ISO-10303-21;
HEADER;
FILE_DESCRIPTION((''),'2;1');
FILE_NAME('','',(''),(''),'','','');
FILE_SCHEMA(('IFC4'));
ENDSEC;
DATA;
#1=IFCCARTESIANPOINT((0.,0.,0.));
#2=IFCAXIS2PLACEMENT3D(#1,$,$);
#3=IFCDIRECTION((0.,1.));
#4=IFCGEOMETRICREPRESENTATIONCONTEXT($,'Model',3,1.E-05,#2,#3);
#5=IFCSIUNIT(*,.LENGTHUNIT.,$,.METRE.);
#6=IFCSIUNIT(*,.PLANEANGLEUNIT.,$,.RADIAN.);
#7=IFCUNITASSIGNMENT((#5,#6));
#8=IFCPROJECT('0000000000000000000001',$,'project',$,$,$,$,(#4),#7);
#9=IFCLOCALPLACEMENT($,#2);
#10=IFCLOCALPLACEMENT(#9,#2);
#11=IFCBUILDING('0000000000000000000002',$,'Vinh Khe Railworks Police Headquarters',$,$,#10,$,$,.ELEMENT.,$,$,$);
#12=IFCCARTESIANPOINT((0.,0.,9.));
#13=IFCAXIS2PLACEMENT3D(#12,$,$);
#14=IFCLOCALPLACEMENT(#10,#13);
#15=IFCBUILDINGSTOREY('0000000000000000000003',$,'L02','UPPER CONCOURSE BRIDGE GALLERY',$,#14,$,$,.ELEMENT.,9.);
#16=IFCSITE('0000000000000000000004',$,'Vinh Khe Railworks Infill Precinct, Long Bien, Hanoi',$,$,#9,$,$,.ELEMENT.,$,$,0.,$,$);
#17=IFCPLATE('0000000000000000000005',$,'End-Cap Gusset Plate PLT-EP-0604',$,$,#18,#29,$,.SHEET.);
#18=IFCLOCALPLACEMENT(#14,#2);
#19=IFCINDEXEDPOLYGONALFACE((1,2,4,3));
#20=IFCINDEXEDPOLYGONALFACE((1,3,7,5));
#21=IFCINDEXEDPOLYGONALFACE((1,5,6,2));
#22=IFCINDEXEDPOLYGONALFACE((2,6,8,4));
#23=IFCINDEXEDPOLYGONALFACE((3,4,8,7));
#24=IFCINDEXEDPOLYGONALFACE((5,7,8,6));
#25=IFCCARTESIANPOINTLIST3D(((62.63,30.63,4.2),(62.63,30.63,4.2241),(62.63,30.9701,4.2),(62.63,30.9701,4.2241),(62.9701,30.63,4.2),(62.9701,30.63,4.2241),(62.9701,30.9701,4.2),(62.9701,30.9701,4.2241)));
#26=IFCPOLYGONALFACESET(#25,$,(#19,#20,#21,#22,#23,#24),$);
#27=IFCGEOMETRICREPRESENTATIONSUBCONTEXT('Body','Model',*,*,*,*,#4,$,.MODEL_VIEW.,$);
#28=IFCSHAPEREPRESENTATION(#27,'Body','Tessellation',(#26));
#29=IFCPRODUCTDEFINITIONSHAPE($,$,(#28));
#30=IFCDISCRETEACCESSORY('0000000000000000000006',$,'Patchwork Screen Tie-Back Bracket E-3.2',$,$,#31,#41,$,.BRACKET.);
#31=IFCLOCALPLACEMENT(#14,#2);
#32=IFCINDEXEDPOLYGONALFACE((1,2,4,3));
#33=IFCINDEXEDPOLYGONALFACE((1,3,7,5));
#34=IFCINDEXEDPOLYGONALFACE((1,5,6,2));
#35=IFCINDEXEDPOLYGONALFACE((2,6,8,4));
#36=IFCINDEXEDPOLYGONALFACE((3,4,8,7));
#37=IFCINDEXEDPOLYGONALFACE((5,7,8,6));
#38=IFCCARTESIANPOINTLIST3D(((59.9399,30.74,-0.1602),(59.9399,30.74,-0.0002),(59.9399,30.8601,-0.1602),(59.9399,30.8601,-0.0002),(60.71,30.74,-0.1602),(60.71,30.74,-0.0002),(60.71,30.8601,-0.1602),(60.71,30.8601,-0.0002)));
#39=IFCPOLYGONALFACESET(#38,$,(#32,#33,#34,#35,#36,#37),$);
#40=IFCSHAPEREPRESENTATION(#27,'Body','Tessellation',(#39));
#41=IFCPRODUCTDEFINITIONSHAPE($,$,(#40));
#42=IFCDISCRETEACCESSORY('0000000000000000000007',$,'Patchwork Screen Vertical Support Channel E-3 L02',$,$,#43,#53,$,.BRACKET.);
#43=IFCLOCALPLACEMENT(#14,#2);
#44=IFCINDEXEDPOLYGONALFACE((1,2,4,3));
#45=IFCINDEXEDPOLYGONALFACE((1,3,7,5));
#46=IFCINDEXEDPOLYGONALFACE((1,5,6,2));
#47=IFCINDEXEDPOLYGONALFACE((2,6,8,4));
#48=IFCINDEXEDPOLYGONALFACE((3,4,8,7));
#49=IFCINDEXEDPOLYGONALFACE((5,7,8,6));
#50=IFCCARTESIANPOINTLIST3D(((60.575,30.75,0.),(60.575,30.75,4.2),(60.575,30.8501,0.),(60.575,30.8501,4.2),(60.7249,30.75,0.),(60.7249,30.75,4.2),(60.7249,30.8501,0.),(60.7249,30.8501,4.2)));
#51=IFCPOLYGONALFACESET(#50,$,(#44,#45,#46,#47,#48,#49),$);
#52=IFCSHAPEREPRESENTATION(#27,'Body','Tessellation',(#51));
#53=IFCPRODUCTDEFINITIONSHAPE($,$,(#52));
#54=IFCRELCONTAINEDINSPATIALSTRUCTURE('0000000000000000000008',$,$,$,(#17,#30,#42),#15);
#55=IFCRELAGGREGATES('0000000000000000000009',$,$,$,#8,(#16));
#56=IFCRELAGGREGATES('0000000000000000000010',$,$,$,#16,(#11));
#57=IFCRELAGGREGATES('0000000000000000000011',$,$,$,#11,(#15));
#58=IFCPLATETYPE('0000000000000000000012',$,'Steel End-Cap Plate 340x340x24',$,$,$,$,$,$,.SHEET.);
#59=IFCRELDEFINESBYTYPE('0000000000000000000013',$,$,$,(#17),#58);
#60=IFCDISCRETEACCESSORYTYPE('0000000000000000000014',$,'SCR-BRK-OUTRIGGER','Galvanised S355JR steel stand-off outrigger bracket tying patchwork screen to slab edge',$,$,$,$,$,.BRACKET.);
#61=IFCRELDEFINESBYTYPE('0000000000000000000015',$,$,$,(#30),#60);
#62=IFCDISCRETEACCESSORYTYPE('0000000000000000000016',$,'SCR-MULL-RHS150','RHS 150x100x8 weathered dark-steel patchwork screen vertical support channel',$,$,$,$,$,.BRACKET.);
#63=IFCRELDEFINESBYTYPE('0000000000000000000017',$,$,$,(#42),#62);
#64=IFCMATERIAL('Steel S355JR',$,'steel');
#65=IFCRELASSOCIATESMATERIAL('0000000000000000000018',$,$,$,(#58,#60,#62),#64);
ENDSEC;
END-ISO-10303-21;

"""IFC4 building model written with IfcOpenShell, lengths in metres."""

from ifc_helpers import new_model, si_unit, direction, frame, origin, origin_2d, place, context, subcontext, project, spatial, rectangle, extrude, material, material_profile, profile_set, type_object, element, save


model = new_model("IFC4")

# Units and contexts
model_context = context("Model", 3, precision=1e-05, world=origin(), true_north=direction((0.0, 1.0)))
body_context = subcontext(model_context, "Body", "Model", "MODEL_VIEW")
ifc_project = project(units=[si_unit("LENGTHUNIT", "METRE"), si_unit("PLANEANGLEUNIT", "RADIAN")], contexts=[model_context])

# Site, building, storey
site_placement = place(None, origin())
site = spatial("IfcSite", under=ifc_project, at=site_placement, Name="Vinh Khe Railworks Infill Precinct, Long Bien, Hanoi", CompositionType="ELEMENT", RefElevation=0.0)
building_placement = place(site_placement, origin())
building = spatial("IfcBuilding", under=site, at=building_placement, Name="Vinh Khe Railworks Police Headquarters", CompositionType="ELEMENT")
storey_placement = place(building_placement, frame((0.0, 0.0, 9.0)))
storey = spatial("IfcBuildingStorey", under=building, at=storey_placement, Name="L02", Description="UPPER CONCOURSE BRIDGE GALLERY", CompositionType="ELEMENT", Elevation=9.0)

# Shared definitions
ifc_material_1 = material(Name="Steel S355JR", Category="steel")

# Plate
ifc_material_profile_1 = material_profile(ifc_material_1, rectangle(XDim=0.3401, YDim=0.3401, at=origin_2d()), Name="PL 340x340")
ifc_profile_set_1 = profile_set([ifc_material_profile_1], Name="Steel S355JR")
plate_type_1 = type_object("IfcPlateType", Name="Steel End-Cap Plate 340x340x24", PredefinedType="SHEET", material=ifc_profile_set_1)
plate_1_placement = place(storey_placement, frame((62.8, 30.8, 4.2), z_axis=(0.0, 0.0, 1.0), x_axis=(1.0, 0.0, 0.0)))
element("IfcPlate", 1, at=plate_1_placement, inside=storey, type_object=plate_type_1, Name="End-Cap Gusset Plate PLT-EP-0604", PredefinedType="SHEET", context=body_context, shape_type="SweptSolid", body=[
    extrude(rectangle(XDim=0.3401, YDim=0.3401, at=origin_2d()), origin(), (0.0, 0.0, 1.0), 0.0242),
])

# Discrete accessories
discrete_accessory_type_1 = type_object("IfcDiscreteAccessoryType", Name="SCR-BRK-OUTRIGGER", Description="Galvanised S355JR steel stand-off outrigger bracket tying patchwork screen to slab edge", PredefinedType="BRACKET", material=ifc_material_1)
discrete_accessory_1_placement = place(storey_placement, frame((60.325, 30.8, -0.1602), z_axis=(0.0, 0.0, 1.0), x_axis=(1.0, 0.0, 0.0)))
element("IfcDiscreteAccessory", 2, at=discrete_accessory_1_placement, inside=storey, type_object=discrete_accessory_type_1, Name="Patchwork Screen Tie-Back Bracket E-3.2", PredefinedType="BRACKET", context=body_context, shape_type="SweptSolid", body=[
    extrude(rectangle(XDim=0.77, YDim=0.1201, at=origin_2d()), origin(), (0.0, 0.0, 1.0), 0.1599),
])
discrete_accessory_type_2 = type_object("IfcDiscreteAccessoryType", Name="SCR-MULL-RHS150", Description="RHS 150x100x8 weathered dark-steel patchwork screen vertical support channel", PredefinedType="BRACKET", material=ifc_material_1)
discrete_accessory_2_placement = place(storey_placement, frame((60.6499, 30.8, 0.0), z_axis=(0.0, 0.0, 1.0), x_axis=(1.0, 0.0, 0.0)))
element("IfcDiscreteAccessory", 3, at=discrete_accessory_2_placement, inside=storey, type_object=discrete_accessory_type_2, Name="Patchwork Screen Vertical Support Channel E-3 L02", PredefinedType="BRACKET", context=body_context, shape_type="SweptSolid", body=[
    extrude(rectangle(XDim=0.1499, YDim=0.1001, at=origin_2d()), origin(), (0.0, 0.0, 1.0), 4.2),
])

save(model, "model.ifc")
